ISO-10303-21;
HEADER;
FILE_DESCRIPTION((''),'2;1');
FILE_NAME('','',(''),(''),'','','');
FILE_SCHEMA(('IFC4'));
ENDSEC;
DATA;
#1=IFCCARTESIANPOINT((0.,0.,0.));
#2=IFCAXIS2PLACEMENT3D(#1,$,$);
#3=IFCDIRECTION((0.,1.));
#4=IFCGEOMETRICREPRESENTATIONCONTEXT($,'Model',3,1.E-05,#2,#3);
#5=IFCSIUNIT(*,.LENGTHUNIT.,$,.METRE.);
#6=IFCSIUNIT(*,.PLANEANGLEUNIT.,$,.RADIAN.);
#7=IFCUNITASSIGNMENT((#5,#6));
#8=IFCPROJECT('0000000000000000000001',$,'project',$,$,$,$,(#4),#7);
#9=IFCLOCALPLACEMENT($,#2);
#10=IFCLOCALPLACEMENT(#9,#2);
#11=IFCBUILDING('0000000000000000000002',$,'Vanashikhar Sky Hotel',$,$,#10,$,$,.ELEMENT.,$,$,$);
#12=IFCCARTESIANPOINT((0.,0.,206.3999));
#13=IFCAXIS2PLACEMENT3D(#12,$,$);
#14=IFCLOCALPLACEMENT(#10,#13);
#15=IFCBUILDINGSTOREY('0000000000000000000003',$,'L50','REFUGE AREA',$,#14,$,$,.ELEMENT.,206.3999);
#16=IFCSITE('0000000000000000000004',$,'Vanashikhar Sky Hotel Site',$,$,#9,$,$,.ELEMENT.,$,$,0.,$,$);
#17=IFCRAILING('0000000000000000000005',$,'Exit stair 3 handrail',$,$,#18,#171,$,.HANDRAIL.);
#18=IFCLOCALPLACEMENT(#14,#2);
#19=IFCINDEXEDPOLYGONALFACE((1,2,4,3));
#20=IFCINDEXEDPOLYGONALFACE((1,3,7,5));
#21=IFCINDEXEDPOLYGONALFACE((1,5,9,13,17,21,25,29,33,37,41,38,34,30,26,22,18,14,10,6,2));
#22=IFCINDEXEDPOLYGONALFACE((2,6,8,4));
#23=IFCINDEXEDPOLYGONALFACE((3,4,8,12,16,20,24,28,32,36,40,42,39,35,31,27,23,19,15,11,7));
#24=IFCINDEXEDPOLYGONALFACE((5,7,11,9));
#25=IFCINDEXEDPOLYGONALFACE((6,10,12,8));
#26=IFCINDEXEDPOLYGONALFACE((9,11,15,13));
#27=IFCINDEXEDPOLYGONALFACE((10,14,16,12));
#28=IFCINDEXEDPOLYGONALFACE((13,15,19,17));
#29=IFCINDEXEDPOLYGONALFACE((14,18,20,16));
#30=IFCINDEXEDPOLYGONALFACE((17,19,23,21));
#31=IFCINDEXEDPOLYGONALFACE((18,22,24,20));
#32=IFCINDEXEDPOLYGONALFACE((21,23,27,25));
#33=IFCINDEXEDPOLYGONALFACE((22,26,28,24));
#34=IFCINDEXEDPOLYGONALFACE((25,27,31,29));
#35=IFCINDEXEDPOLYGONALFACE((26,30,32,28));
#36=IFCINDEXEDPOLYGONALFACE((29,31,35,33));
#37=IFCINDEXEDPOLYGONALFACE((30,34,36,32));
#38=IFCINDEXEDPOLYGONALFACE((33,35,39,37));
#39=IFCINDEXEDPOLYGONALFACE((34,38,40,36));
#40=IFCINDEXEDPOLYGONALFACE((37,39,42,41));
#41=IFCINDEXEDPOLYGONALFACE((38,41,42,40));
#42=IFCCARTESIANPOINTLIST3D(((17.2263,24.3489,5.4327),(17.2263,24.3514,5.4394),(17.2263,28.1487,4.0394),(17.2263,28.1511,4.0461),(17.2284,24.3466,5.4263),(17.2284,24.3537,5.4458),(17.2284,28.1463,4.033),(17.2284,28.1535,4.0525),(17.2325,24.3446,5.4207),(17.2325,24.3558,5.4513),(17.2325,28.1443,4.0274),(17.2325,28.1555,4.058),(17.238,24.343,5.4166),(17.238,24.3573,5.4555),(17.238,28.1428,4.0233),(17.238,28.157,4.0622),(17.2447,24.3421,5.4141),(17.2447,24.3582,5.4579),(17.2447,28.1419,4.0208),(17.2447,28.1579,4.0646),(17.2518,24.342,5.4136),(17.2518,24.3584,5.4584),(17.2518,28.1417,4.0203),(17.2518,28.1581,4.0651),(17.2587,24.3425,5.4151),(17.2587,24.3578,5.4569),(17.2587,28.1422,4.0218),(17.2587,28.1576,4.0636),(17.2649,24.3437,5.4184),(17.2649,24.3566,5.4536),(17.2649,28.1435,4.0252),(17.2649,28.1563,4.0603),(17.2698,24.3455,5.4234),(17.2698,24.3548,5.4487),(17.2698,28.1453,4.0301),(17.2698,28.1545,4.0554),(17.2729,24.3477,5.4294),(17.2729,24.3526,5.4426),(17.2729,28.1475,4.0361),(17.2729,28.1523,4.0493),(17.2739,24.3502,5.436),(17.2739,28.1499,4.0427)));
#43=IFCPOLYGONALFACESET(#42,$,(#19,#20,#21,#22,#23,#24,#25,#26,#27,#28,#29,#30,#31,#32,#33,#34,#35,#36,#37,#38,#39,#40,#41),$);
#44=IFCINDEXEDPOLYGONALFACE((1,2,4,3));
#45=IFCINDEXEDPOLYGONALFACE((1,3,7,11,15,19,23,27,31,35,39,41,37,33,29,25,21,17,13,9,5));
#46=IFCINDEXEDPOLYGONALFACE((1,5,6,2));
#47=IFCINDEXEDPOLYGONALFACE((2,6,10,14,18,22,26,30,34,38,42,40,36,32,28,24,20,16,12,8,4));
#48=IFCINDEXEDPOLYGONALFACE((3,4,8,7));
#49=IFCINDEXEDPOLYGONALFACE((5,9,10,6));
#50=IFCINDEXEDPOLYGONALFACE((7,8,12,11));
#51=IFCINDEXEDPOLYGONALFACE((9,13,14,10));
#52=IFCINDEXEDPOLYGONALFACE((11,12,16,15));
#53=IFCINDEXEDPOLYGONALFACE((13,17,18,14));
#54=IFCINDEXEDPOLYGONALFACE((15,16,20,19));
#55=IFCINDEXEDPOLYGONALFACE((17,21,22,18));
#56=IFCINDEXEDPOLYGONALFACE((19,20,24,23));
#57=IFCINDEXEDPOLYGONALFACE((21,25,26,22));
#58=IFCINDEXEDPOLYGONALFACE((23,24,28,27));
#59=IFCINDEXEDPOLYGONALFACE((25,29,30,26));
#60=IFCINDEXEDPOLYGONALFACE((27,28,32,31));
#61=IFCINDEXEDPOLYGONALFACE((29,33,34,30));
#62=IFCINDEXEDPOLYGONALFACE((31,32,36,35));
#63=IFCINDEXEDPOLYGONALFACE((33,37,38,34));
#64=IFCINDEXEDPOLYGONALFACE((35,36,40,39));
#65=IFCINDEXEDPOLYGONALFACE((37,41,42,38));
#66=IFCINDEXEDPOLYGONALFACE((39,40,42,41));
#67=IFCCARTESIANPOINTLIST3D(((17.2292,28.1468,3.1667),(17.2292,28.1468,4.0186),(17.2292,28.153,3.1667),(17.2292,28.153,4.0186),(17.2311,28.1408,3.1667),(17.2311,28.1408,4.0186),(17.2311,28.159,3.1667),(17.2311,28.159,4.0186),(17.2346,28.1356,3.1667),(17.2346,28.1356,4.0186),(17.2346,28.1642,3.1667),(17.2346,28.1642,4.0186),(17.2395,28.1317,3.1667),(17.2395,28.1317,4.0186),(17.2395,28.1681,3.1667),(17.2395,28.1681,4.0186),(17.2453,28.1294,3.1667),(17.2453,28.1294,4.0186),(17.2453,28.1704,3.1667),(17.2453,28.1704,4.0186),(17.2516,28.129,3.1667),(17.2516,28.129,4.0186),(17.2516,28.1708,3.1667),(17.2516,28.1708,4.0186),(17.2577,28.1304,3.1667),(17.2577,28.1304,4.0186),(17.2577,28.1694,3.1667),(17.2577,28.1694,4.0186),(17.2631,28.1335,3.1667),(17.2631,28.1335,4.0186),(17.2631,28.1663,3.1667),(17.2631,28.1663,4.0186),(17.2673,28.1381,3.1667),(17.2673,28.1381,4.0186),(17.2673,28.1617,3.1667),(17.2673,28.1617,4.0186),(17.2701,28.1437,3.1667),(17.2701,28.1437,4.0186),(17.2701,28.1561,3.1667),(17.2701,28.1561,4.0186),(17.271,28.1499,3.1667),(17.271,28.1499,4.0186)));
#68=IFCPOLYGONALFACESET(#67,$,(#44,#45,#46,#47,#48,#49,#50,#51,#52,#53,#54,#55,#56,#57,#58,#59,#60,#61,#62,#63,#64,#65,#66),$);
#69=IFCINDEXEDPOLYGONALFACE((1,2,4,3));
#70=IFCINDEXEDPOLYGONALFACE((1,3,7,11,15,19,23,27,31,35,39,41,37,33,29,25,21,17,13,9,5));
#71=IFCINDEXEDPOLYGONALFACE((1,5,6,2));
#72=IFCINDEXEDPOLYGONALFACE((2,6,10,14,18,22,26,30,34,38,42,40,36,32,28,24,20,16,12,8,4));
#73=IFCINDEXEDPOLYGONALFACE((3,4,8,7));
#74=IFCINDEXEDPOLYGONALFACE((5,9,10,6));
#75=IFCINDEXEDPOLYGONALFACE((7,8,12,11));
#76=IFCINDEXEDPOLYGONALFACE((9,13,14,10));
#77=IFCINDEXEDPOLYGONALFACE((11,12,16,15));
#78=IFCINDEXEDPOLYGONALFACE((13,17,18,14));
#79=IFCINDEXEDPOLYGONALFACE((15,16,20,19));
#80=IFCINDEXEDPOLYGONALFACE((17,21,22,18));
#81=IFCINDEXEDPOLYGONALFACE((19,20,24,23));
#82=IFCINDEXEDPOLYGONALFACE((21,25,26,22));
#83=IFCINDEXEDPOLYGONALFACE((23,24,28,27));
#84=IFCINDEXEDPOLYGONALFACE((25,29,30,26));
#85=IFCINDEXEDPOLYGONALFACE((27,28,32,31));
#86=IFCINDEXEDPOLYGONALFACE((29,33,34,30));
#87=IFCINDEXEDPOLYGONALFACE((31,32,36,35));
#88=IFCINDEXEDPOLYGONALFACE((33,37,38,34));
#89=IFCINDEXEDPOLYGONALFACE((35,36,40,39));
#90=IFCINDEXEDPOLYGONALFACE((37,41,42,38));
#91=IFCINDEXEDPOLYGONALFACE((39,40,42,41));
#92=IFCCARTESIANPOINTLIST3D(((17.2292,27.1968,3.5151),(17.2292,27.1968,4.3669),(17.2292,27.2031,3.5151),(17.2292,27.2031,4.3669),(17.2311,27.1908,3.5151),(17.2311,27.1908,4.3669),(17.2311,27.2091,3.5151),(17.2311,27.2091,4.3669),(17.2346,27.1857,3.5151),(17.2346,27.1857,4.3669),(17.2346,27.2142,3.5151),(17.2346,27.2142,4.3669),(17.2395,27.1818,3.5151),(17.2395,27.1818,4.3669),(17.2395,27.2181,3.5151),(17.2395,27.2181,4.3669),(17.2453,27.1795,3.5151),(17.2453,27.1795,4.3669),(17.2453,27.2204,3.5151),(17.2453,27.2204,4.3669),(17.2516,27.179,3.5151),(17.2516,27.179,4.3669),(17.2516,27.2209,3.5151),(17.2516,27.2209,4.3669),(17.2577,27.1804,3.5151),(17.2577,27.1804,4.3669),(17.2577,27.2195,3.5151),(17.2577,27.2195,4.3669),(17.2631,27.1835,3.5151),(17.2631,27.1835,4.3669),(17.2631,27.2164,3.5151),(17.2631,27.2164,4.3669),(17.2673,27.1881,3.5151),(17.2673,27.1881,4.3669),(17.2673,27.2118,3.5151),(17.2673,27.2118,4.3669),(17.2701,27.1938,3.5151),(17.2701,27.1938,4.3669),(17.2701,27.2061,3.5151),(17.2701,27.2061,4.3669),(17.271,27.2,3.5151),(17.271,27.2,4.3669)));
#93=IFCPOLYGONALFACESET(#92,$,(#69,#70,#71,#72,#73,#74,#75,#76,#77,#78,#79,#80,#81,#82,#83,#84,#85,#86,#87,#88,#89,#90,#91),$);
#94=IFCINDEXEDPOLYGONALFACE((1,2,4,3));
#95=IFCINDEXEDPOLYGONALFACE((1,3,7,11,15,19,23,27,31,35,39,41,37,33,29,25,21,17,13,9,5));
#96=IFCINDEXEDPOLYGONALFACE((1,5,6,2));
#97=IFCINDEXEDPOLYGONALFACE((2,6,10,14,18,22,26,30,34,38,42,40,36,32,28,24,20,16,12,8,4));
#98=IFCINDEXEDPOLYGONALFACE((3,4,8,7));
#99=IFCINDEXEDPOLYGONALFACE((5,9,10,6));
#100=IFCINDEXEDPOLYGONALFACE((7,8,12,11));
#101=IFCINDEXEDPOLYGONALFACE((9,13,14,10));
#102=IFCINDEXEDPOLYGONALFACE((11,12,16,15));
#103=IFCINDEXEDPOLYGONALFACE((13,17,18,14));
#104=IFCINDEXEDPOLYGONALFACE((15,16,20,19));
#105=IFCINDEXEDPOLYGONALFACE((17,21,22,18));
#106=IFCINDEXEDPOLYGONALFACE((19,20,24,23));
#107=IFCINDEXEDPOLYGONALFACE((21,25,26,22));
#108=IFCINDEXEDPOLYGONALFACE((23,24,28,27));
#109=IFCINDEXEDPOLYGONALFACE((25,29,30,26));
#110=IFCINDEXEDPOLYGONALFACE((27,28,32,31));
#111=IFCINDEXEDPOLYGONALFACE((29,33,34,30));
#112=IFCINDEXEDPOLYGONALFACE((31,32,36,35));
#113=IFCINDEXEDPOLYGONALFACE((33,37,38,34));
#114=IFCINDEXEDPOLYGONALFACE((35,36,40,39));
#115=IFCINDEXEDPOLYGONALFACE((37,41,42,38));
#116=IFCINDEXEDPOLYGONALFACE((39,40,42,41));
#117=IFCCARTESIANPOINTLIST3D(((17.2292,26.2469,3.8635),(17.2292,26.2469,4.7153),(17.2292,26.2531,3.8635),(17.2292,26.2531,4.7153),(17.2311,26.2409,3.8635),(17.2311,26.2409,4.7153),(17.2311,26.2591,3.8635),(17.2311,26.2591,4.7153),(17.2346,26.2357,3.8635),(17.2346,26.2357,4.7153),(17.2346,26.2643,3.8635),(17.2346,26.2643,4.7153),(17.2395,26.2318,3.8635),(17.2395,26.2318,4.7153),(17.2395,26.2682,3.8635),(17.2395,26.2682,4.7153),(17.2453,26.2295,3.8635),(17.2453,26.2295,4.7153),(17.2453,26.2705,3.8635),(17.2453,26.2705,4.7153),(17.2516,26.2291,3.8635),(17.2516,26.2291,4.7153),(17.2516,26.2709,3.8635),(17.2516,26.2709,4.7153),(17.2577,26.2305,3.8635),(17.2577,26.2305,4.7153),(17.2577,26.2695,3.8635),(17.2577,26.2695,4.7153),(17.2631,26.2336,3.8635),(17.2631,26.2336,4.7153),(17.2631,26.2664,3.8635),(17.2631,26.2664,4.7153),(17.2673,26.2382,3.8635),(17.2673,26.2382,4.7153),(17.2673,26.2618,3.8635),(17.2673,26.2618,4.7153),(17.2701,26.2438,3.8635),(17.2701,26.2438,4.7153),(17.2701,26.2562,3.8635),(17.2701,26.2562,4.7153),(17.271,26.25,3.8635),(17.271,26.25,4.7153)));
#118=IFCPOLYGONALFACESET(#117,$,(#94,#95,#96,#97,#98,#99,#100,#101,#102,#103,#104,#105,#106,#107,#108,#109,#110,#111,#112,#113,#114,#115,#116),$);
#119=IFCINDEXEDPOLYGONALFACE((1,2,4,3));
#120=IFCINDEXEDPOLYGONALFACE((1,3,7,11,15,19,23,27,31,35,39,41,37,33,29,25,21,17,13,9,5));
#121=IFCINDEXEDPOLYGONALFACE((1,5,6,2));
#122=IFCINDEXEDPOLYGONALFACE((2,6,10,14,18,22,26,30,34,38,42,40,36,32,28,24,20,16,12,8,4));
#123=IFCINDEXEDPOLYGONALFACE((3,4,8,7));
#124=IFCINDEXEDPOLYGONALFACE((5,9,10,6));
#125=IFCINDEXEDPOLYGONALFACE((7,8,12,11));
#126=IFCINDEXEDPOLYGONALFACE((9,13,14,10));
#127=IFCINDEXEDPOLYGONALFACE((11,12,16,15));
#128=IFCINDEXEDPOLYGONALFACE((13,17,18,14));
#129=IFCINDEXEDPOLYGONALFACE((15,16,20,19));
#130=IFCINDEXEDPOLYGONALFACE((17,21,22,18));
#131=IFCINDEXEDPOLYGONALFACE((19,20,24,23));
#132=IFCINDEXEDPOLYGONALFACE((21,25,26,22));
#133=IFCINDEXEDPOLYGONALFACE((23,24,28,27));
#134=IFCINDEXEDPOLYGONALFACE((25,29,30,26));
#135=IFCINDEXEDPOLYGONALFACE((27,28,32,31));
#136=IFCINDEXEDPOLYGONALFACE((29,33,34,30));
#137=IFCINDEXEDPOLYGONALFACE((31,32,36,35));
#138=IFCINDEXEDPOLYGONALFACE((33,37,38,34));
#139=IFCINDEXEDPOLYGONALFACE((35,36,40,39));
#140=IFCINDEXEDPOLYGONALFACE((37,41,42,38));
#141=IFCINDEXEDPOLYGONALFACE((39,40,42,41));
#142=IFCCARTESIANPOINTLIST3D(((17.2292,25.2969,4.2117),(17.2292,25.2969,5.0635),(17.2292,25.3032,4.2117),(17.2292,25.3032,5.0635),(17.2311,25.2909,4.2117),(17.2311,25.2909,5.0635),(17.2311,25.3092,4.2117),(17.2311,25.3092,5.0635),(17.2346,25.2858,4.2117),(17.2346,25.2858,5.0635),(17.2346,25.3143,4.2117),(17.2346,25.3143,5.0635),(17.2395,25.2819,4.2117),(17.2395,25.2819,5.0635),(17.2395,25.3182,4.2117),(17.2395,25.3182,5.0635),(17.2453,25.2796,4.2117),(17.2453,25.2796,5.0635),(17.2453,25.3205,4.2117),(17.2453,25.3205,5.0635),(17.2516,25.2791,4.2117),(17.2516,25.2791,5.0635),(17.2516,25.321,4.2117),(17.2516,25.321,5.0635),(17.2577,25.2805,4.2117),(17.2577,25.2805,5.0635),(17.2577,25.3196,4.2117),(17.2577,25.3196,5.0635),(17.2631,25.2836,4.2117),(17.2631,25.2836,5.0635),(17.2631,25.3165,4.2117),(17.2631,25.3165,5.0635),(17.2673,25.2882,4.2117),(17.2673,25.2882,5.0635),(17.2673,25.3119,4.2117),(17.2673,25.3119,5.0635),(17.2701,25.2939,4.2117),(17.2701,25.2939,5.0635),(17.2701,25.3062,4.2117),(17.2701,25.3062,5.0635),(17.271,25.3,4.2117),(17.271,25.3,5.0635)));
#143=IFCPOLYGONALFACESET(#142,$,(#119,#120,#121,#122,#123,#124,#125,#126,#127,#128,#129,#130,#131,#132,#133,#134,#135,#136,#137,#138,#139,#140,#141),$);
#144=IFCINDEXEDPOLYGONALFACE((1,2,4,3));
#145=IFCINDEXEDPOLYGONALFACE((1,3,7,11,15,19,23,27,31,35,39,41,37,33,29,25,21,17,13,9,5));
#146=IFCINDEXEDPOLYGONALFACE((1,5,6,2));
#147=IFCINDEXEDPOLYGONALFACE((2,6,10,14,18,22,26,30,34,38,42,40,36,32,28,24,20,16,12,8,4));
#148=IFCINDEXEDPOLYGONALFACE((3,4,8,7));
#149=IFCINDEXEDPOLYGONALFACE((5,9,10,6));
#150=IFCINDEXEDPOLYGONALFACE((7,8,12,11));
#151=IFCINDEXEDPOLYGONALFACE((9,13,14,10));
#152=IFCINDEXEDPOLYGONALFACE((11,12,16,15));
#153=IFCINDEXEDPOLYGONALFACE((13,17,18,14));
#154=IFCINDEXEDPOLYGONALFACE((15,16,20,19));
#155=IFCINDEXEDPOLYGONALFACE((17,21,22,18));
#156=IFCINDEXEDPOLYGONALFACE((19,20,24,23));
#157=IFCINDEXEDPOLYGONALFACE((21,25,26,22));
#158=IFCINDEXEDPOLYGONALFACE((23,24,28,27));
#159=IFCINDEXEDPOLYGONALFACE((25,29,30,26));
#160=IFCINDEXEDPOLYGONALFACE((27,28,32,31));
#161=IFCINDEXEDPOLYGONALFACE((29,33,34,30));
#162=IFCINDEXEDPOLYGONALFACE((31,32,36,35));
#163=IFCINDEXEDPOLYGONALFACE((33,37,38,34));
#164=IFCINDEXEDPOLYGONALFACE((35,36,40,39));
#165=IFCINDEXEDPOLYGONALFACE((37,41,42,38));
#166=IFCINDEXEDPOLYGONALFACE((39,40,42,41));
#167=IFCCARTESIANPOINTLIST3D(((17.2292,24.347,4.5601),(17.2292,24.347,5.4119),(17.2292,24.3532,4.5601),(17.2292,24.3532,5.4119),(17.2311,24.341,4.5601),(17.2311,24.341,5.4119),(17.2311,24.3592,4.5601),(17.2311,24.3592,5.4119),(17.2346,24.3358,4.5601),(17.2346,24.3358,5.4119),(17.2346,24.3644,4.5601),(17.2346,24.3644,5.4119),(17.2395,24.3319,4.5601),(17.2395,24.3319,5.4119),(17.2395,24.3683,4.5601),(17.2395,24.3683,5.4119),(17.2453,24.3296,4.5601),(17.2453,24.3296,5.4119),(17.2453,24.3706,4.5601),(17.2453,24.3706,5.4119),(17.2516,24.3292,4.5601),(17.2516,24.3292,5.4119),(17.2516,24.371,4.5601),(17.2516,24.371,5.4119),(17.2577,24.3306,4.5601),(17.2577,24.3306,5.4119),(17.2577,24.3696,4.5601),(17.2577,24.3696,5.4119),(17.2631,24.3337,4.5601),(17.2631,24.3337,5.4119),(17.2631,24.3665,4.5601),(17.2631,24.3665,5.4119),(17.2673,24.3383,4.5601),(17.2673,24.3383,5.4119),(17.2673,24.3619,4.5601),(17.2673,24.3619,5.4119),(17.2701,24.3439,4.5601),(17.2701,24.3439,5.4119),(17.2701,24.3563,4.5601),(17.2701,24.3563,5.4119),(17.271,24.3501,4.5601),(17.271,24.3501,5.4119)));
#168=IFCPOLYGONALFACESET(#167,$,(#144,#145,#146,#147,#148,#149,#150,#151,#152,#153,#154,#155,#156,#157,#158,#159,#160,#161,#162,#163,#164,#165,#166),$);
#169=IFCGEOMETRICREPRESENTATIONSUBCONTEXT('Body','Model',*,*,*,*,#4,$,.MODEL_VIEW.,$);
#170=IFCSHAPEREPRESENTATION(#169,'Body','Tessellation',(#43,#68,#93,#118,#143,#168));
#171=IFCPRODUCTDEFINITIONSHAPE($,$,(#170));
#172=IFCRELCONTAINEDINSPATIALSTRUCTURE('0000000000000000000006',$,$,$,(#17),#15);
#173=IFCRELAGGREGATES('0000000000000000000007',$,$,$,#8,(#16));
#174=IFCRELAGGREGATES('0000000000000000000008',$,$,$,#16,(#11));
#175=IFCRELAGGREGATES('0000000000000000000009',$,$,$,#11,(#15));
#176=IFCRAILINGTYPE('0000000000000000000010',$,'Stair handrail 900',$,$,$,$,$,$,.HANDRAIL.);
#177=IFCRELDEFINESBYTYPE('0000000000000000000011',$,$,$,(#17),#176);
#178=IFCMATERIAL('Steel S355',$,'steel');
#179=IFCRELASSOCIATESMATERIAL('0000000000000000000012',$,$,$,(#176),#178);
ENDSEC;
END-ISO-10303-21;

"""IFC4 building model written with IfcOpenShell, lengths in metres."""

from ifc_helpers import new_model, si_unit, direction, frame, origin, origin_2d, place, context, subcontext, project, spatial, circle, extrude, source, transform, mapped, material, type_object, element, save


model = new_model("IFC4")

# Units and contexts
model_context = context("Model", 3, precision=1e-05, world=origin(), true_north=direction((0.0, 1.0)))
body_context = subcontext(model_context, "Body", "Model", "MODEL_VIEW")
ifc_project = project(units=[si_unit("LENGTHUNIT", "METRE"), si_unit("PLANEANGLEUNIT", "RADIAN")], contexts=[model_context])

# Site, building, storey
site_placement = place(None, origin())
site = spatial("IfcSite", under=ifc_project, at=site_placement, Name="Vanashikhar Sky Hotel Site", CompositionType="ELEMENT", RefElevation=0.0)
building_placement = place(site_placement, origin())
building = spatial("IfcBuilding", under=site, at=building_placement, Name="Vanashikhar Sky Hotel", CompositionType="ELEMENT")
storey_placement = place(building_placement, frame((0.0, 0.0, 206.3999)))
storey = spatial("IfcBuildingStorey", under=building, at=storey_placement, Name="L50", Description="REFUGE AREA", CompositionType="ELEMENT", Elevation=206.3999)

# Railing
ifc_material_1 = material(Name="Steel S355", Category="steel")
railing_type_1 = type_object("IfcRailingType", Name="Stair handrail 900", PredefinedType="HANDRAIL", material=ifc_material_1)
shared_shape_1 = source(origin(), body_context, "Body", "SweptSolid", [
    extrude(circle(Radius=0.0239, at=origin_2d()), frame((0.0, 0.0, 0.876), z_axis=(0.0, -0.938872, 0.344265), x_axis=(1.0, 0.0, 0.0)), (0.0, 0.0, 1.0), 4.0471),
    extrude(circle(Radius=0.021, at=origin_2d()), origin(), (0.0, 0.0, 1.0), 0.8518),
    extrude(circle(Radius=0.021, at=origin_2d()), frame((0.0, -0.95, 0.3484)), (0.0, 0.0, 1.0), 0.8518),
    extrude(circle(Radius=0.021, at=origin_2d()), frame((0.0, -1.8999, 0.6968)), (0.0, 0.0, 1.0), 0.8518),
    extrude(circle(Radius=0.021, at=origin_2d()), frame((0.0, -2.8499, 1.0449)), (0.0, 0.0, 1.0), 0.8518),
    extrude(circle(Radius=0.021, at=origin_2d()), frame((0.0, -3.7998, 1.3933)), (0.0, 0.0, 1.0), 0.8518),
])
for number, where, name in (
    (1, (17.25, 28.1499, 3.1667), "Exit stair 3 handrail"),
):
    element("IfcRailing", number, at=place(storey_placement, frame(where)), inside=storey, type_object=railing_type_1, Name=name, PredefinedType="HANDRAIL", context=body_context, shape_type="MappedRepresentation", body=[
        mapped(shared_shape_1, transform((0.0, 0.0, 0.0), scale=1.0)),
    ])

save(model, "model.ifc")
